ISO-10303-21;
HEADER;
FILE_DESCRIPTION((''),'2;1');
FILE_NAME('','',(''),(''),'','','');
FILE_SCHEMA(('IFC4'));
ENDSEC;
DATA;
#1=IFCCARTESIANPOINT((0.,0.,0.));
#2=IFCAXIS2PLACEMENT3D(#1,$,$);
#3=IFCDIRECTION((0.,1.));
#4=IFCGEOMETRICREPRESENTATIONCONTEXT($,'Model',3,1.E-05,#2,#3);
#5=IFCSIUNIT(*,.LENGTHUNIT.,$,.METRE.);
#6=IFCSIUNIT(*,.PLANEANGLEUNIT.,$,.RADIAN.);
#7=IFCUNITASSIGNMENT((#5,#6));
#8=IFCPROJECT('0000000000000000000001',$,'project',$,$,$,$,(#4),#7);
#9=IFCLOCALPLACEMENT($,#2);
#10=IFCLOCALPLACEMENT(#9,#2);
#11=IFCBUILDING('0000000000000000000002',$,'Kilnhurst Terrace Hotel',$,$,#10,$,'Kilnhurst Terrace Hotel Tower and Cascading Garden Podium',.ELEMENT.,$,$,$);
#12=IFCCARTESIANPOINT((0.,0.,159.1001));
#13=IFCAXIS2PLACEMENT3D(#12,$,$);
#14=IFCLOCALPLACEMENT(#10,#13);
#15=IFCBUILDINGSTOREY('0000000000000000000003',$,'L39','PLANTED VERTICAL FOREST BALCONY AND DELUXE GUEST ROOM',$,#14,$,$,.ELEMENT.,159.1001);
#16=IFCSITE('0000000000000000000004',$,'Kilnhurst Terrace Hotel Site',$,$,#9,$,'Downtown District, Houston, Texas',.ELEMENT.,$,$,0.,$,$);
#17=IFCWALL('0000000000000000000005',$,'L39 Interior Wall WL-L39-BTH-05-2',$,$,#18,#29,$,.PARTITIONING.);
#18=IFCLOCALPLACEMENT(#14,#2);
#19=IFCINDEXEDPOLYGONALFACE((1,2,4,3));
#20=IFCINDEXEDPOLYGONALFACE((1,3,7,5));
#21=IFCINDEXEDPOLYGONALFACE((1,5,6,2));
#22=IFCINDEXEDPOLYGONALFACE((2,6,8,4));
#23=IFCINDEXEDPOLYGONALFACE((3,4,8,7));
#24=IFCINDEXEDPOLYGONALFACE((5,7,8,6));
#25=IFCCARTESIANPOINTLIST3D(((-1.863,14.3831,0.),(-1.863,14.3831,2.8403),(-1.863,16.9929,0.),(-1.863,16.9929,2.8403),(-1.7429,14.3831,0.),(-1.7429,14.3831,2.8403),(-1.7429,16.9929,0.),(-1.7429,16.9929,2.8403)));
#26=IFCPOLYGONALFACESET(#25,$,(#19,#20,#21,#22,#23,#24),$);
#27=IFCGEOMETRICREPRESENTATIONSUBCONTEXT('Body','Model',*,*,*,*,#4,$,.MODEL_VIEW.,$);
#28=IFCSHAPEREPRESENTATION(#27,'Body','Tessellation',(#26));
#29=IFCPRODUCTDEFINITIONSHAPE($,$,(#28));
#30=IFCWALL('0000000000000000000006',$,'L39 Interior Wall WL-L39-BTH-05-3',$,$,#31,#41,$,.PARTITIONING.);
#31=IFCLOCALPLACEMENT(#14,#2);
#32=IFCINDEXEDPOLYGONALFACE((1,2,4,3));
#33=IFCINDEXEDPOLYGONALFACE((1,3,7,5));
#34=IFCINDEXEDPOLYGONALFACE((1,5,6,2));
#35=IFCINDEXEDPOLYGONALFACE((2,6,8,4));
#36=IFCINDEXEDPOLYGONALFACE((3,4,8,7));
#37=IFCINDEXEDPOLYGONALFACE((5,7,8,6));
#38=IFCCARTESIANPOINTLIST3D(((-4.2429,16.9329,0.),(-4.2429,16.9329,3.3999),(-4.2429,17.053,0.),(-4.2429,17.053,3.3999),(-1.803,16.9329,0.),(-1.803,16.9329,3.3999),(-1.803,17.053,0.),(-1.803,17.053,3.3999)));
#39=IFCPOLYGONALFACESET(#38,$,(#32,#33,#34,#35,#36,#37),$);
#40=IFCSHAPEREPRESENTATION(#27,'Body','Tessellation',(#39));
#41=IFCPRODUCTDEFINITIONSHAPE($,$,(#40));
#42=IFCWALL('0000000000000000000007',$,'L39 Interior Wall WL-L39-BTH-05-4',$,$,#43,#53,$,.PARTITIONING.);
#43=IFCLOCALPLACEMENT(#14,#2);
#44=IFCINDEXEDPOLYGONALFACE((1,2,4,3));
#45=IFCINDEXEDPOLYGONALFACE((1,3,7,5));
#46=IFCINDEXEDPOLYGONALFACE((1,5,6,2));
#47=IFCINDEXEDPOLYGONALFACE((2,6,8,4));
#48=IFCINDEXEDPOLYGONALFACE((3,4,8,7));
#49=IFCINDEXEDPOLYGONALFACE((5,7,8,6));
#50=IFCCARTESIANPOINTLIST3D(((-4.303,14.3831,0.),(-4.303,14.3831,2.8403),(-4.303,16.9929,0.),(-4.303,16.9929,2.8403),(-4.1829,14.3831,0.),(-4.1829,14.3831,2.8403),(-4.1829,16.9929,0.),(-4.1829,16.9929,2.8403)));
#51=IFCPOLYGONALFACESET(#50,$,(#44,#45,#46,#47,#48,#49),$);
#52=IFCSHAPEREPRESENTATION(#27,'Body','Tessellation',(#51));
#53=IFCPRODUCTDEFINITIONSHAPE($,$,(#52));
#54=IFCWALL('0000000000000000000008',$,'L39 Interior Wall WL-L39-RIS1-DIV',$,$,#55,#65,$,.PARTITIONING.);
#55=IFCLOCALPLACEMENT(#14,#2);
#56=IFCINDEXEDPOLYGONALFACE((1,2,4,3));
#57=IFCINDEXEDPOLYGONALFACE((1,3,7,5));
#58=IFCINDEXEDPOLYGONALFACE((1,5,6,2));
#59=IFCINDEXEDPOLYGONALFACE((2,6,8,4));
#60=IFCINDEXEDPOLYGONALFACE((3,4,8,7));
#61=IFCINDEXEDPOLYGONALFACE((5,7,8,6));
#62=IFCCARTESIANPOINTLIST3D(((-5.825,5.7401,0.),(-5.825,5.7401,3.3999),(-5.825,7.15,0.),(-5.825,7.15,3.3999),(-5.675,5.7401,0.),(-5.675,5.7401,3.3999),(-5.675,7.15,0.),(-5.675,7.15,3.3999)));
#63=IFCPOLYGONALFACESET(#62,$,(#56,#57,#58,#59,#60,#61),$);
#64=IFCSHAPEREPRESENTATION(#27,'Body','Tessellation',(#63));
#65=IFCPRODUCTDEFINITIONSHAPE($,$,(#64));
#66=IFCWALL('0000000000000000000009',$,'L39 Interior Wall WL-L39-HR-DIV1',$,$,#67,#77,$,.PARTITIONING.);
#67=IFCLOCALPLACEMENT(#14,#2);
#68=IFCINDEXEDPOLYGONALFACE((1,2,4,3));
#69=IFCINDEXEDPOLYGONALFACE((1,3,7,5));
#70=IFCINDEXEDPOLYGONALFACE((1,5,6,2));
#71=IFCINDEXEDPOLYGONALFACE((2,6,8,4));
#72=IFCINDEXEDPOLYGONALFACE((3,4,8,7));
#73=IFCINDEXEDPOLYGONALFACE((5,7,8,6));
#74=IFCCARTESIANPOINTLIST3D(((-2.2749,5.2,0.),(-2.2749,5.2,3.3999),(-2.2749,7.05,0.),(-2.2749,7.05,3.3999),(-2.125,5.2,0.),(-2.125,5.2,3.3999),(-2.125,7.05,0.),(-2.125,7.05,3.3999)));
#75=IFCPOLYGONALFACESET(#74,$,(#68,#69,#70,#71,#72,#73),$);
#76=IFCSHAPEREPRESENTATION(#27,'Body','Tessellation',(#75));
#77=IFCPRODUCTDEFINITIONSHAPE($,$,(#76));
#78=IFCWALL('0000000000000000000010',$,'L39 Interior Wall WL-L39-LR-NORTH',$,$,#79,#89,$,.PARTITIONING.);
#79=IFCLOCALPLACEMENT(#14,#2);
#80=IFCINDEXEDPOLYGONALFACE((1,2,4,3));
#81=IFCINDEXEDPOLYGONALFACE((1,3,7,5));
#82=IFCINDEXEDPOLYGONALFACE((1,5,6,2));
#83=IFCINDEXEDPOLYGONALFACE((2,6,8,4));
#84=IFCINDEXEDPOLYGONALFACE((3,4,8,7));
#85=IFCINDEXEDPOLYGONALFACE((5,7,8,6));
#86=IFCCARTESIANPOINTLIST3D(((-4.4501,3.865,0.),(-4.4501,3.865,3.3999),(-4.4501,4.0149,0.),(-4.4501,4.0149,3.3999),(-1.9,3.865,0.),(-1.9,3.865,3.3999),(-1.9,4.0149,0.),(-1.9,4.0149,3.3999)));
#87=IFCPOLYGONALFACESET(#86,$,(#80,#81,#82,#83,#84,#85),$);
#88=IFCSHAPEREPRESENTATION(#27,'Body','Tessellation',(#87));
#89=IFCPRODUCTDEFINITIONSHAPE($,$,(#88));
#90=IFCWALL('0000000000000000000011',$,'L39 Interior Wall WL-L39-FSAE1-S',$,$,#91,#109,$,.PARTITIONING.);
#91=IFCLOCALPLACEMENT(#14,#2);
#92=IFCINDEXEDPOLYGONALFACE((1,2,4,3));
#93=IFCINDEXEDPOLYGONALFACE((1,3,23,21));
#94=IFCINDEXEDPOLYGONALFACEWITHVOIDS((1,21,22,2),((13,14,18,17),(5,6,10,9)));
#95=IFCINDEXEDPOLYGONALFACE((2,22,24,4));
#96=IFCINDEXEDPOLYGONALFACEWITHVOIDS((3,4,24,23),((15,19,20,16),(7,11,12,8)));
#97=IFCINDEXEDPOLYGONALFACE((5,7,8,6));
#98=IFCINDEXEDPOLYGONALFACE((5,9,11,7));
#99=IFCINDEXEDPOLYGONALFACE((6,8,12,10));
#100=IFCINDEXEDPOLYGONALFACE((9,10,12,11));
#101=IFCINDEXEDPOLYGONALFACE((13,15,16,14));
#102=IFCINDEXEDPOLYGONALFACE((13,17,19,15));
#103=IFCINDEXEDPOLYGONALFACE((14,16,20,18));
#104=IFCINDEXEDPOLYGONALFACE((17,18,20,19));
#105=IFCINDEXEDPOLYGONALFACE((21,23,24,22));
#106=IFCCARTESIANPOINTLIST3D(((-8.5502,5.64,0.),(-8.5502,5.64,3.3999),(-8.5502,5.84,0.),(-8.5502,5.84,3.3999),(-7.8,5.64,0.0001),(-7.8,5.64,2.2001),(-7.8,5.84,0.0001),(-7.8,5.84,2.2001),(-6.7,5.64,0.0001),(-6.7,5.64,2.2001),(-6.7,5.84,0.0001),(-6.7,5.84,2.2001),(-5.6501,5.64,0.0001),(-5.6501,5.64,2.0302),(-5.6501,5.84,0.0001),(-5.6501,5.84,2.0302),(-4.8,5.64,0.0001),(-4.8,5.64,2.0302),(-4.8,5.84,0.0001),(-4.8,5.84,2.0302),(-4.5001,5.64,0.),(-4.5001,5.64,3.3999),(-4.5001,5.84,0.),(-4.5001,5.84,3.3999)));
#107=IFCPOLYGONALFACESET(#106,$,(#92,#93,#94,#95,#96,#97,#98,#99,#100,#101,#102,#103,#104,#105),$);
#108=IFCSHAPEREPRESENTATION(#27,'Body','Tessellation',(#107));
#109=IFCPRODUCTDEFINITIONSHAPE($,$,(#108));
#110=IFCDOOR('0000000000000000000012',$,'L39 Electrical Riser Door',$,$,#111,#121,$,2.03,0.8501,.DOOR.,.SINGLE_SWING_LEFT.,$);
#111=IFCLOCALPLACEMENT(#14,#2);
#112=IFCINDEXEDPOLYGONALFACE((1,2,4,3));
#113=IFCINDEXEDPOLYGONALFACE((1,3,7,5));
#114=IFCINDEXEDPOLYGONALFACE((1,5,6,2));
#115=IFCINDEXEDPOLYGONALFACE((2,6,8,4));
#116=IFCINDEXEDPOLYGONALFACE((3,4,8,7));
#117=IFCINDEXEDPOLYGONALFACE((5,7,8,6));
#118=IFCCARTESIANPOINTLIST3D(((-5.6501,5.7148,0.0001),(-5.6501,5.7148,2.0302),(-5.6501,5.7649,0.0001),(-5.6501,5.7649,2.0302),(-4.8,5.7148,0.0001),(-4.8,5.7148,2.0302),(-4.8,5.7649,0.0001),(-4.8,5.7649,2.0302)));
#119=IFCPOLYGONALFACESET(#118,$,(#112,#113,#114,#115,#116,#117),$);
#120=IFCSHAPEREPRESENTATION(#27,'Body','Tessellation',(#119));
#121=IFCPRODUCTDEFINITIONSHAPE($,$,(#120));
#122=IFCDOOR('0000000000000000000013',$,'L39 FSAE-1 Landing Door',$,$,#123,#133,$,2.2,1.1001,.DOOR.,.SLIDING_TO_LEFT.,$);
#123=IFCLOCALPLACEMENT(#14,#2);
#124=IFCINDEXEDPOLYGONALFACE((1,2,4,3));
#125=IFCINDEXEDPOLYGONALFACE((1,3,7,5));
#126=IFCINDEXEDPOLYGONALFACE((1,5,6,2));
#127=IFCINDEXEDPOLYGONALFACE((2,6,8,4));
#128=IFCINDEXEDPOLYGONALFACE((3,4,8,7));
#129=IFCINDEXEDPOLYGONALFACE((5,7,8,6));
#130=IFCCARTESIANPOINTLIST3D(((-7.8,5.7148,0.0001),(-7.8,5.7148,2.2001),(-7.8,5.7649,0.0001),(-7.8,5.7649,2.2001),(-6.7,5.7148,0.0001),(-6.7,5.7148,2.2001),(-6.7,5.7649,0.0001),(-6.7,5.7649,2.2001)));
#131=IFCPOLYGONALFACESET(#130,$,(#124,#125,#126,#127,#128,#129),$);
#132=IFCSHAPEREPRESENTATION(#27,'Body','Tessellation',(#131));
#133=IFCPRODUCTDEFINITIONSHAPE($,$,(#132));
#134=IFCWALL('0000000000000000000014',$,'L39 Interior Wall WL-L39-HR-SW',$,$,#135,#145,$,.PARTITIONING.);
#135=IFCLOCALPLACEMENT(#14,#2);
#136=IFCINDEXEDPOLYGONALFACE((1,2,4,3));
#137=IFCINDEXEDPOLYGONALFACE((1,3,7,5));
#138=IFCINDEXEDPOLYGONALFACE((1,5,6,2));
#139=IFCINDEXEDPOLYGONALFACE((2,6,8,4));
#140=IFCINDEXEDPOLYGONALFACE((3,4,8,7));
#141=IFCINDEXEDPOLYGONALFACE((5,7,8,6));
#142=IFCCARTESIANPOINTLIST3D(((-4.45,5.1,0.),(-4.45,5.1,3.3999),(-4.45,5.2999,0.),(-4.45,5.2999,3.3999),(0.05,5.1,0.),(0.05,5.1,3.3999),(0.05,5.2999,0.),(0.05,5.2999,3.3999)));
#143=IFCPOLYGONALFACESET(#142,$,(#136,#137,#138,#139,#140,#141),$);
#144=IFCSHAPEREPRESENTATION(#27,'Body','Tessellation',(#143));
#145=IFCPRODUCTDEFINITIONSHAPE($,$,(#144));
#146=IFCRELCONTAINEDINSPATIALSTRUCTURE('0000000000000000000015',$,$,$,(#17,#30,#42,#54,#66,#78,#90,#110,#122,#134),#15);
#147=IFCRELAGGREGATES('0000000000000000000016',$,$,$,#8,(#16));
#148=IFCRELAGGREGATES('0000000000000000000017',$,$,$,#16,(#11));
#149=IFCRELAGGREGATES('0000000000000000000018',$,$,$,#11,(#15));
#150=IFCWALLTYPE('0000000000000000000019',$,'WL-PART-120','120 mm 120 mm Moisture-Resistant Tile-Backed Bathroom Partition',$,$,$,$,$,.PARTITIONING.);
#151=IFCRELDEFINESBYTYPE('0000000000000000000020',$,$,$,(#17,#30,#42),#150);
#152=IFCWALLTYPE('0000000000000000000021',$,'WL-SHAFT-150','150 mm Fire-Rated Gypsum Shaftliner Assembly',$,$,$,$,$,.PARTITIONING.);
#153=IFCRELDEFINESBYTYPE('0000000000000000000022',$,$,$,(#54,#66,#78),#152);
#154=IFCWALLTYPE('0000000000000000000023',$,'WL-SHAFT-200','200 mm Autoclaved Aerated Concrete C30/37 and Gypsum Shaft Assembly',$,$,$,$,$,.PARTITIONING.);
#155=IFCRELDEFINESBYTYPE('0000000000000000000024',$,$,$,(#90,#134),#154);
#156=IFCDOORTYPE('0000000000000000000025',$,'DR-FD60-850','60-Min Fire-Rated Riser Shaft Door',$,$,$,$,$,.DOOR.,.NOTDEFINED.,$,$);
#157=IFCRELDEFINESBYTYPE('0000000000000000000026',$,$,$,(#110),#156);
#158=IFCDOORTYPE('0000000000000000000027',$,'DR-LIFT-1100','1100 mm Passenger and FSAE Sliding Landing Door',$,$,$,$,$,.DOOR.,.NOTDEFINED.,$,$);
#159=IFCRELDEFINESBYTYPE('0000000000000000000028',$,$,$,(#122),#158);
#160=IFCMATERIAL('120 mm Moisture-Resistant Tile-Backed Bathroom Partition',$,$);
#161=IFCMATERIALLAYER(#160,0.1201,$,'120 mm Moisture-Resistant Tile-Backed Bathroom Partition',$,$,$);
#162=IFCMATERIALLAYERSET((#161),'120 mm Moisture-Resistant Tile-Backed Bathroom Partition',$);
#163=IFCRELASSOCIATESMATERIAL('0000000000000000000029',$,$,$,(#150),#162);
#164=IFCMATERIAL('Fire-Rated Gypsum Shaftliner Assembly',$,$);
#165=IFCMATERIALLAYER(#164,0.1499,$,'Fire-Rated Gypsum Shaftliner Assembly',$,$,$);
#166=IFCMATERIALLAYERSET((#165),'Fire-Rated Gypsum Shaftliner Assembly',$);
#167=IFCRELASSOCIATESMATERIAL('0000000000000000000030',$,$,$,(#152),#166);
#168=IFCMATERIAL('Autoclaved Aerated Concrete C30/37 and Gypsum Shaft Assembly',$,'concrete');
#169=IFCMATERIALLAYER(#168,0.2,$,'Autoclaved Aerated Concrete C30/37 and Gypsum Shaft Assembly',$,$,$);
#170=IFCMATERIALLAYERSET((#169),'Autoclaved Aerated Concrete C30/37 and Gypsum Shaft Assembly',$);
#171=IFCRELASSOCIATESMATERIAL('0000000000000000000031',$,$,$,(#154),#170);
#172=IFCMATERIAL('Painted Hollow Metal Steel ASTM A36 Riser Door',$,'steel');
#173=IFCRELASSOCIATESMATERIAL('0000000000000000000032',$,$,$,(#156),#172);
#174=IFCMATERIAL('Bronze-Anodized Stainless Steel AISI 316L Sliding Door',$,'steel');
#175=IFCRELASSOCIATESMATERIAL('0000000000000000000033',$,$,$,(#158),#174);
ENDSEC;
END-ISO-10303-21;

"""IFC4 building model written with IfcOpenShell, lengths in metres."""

from ifc_helpers import new_model, si_unit, direction, frame, frame_2d, origin, place, context, subcontext, project, spatial, rectangle, extrude, material, layer, layer_set, type_object, element, fill, save


model = new_model("IFC4")

# Units and contexts
model_context = context("Model", 3, precision=1e-05, world=origin(), true_north=direction((0.0, 1.0)))
body_context = subcontext(model_context, "Body", "Model", "MODEL_VIEW")
ifc_project = project(units=[si_unit("LENGTHUNIT", "METRE"), si_unit("PLANEANGLEUNIT", "RADIAN")], contexts=[model_context])

# Site, building, storey
site_placement = place(None, origin())
site = spatial("IfcSite", under=ifc_project, at=site_placement, Name="Kilnhurst Terrace Hotel Site", LongName="Downtown District, Houston, Texas", CompositionType="ELEMENT", RefElevation=0.0)
building_placement = place(site_placement, origin())
building = spatial("IfcBuilding", under=site, at=building_placement, Name="Kilnhurst Terrace Hotel", LongName="Kilnhurst Terrace Hotel Tower and Cascading Garden Podium", CompositionType="ELEMENT")
storey_placement = place(building_placement, frame((0.0, 0.0, 159.1001)))
storey = spatial("IfcBuildingStorey", under=building, at=storey_placement, Name="L39", Description="PLANTED VERTICAL FOREST BALCONY AND DELUXE GUEST ROOM", CompositionType="ELEMENT", Elevation=159.1001)

# Shared definitions
ifc_material_1 = material(Name="120 mm Moisture-Resistant Tile-Backed Bathroom Partition")
ifc_layer_1 = layer(ifc_material_1, 0.1201, Name="120 mm Moisture-Resistant Tile-Backed Bathroom Partition")
ifc_layer_set_1 = layer_set([ifc_layer_1], Name="120 mm Moisture-Resistant Tile-Backed Bathroom Partition")
wall_type_1 = type_object("IfcWallType", Name="WL-PART-120", Description="120 mm 120 mm Moisture-Resistant Tile-Backed Bathroom Partition", PredefinedType="PARTITIONING", material=ifc_layer_set_1)

# Walls
wall_1_placement = place(storey_placement, frame((-1.803, 14.3831, 0.0), z_axis=(0.0, 0.0, 1.0), x_axis=(0.0, 1.0, 0.0)))
element("IfcWall", 1, at=wall_1_placement, inside=storey, type_object=wall_type_1, Name="L39 Interior Wall WL-L39-BTH-05-2", PredefinedType="PARTITIONING", context=body_context, shape_type="SweptSolid", body=[
    extrude(rectangle(XDim=2.6099, YDim=0.1201, at=frame_2d((1.3049, 0.0))), origin(), (0.0, 0.0, 1.0), 2.8403),
])
wall_2_placement = place(storey_placement, frame((-1.803, 16.9929, 0.0), z_axis=(0.0, 0.0, 1.0), x_axis=(-1.0, 0.0, 0.0)))
element("IfcWall", 2, at=wall_2_placement, inside=storey, type_object=wall_type_1, Name="L39 Interior Wall WL-L39-BTH-05-3", PredefinedType="PARTITIONING", context=body_context, shape_type="SweptSolid", body=[
    extrude(rectangle(XDim=2.4399, YDim=0.1201, at=frame_2d((1.22, 0.0))), origin(), (0.0, 0.0, 1.0), 3.3999),
])
wall_3_placement = place(storey_placement, frame((-4.2429, 16.9929, 0.0), z_axis=(0.0, 0.0, 1.0), x_axis=(0.0, -1.0, 0.0)))
element("IfcWall", 3, at=wall_3_placement, inside=storey, type_object=wall_type_1, Name="L39 Interior Wall WL-L39-BTH-05-4", PredefinedType="PARTITIONING", context=body_context, shape_type="SweptSolid", body=[
    extrude(rectangle(XDim=2.6099, YDim=0.1201, at=frame_2d((1.3049, 0.0))), origin(), (0.0, 0.0, 1.0), 2.8403),
])
ifc_material_2 = material(Name="Fire-Rated Gypsum Shaftliner Assembly")
ifc_layer_2 = layer(ifc_material_2, 0.1499, Name="Fire-Rated Gypsum Shaftliner Assembly")
ifc_layer_set_2 = layer_set([ifc_layer_2], Name="Fire-Rated Gypsum Shaftliner Assembly")
wall_type_2 = type_object("IfcWallType", Name="WL-SHAFT-150", Description="150 mm Fire-Rated Gypsum Shaftliner Assembly", PredefinedType="PARTITIONING", material=ifc_layer_set_2)
wall_4_placement = place(storey_placement, frame((-5.75, 5.74, 0.0), z_axis=(0.0, 0.0, 1.0), x_axis=(0.0, 1.0, 0.0)))
element("IfcWall", 4, at=wall_4_placement, inside=storey, type_object=wall_type_2, Name="L39 Interior Wall WL-L39-RIS1-DIV", PredefinedType="PARTITIONING", context=body_context, shape_type="SweptSolid", body=[
    extrude(rectangle(XDim=1.4099, YDim=0.1499, at=frame_2d((0.7051, 0.0))), origin(), (0.0, 0.0, 1.0), 3.3999),
])
wall_5_placement = place(storey_placement, frame((-2.2, 5.2, 0.0), z_axis=(0.0, 0.0, 1.0), x_axis=(0.0, 1.0, 0.0)))
element("IfcWall", 5, at=wall_5_placement, inside=storey, type_object=wall_type_2, Name="L39 Interior Wall WL-L39-HR-DIV1", PredefinedType="PARTITIONING", context=body_context, shape_type="SweptSolid", body=[
    extrude(rectangle(XDim=1.8501, YDim=0.1499, at=frame_2d((0.925, 0.0))), origin(), (0.0, 0.0, 1.0), 3.3999),
])
wall_6_placement = place(storey_placement, frame((-4.45, 3.9399, 0.0), z_axis=(0.0, 0.0, 1.0), x_axis=(1.0, 0.0, 0.0)))
element("IfcWall", 6, at=wall_6_placement, inside=storey, type_object=wall_type_2, Name="L39 Interior Wall WL-L39-LR-NORTH", PredefinedType="PARTITIONING", context=body_context, shape_type="SweptSolid", body=[
    extrude(rectangle(XDim=2.55, YDim=0.1499, at=frame_2d((1.2749, 0.0))), origin(), (0.0, 0.0, 1.0), 3.3999),
])

# Wall, openings, doors
ifc_material_3 = material(Name="Autoclaved Aerated Concrete C30/37 and Gypsum Shaft Assembly", Category="concrete")
ifc_layer_3 = layer(ifc_material_3, 0.2, Name="Autoclaved Aerated Concrete C30/37 and Gypsum Shaft Assembly")
ifc_layer_set_3 = layer_set([ifc_layer_3], Name="Autoclaved Aerated Concrete C30/37 and Gypsum Shaft Assembly")
wall_type_3 = type_object("IfcWallType", Name="WL-SHAFT-200", Description="200 mm Autoclaved Aerated Concrete C30/37 and Gypsum Shaft Assembly", PredefinedType="PARTITIONING", material=ifc_layer_set_3)
wall_7_placement = place(storey_placement, frame((-8.55, 5.74, 0.0), z_axis=(0.0, 0.0, 1.0), x_axis=(1.0, 0.0, 0.0)))
wall_7 = element("IfcWall", 7, at=wall_7_placement, inside=storey, type_object=wall_type_3, Name="L39 Interior Wall WL-L39-FSAE1-S", PredefinedType="PARTITIONING", context=body_context, shape_type="SweptSolid", body=[
    extrude(rectangle(XDim=4.05, YDim=0.2, at=frame_2d((2.0249, 0.0))), origin(), (0.0, 0.0, 1.0), 3.3999),
])
opening_1_placement = place(wall_7_placement, frame((0.75, 0.0, 0.0)))
opening_1 = element("IfcOpeningElement", 8, at=opening_1_placement, cuts=wall_7, PredefinedType="OPENING", context=body_context, shape_type="SweptSolid", body=[
    extrude(rectangle(XDim=1.1001, YDim=2.2, at=frame_2d((0.55, 1.1001))), frame((0.0, 0.1099, 0.0), z_axis=(0.0, -1.0, 0.0), x_axis=(1.0, 0.0, 0.0)), (0.0, 0.0, 1.0), 0.22),
])
opening_2_placement = place(wall_7_placement, frame((2.8999, 0.0, 0.0)))
opening_2 = element("IfcOpeningElement", 9, at=opening_2_placement, cuts=wall_7, PredefinedType="OPENING", context=body_context, shape_type="SweptSolid", body=[
    extrude(rectangle(XDim=0.8501, YDim=2.03, at=frame_2d((0.425, 1.0151))), frame((0.0, 0.1099, 0.0), z_axis=(0.0, -1.0, 0.0), x_axis=(1.0, 0.0, 0.0)), (0.0, 0.0, 1.0), 0.22),
])
ifc_material_4 = material(Name="Painted Hollow Metal Steel ASTM A36 Riser Door", Category="steel")
door_type_1 = type_object("IfcDoorType", Name="DR-FD60-850", Description="60-Min Fire-Rated Riser Shaft Door", OperationType="NOTDEFINED", PredefinedType="DOOR", material=ifc_material_4)
door_1_placement = place(opening_2_placement, origin())
door_1 = element("IfcDoor", 10, at=door_1_placement, inside=storey, type_object=door_type_1, Name="L39 Electrical Riser Door", OperationType="SINGLE_SWING_LEFT", OverallHeight=2.03, OverallWidth=0.8501, PredefinedType="DOOR", context=body_context, shape_type="SweptSolid", body=[
    extrude(rectangle(XDim=0.8501, YDim=2.03, at=frame_2d((0.425, 1.0151))), frame((0.0, 0.0249, 0.0), z_axis=(0.0, -1.0, 0.0), x_axis=(1.0, 0.0, 0.0)), (0.0, 0.0, 1.0), 0.05),
])
fill(opening_2, door_1)
ifc_material_5 = material(Name="Bronze-Anodized Stainless Steel AISI 316L Sliding Door", Category="steel")
door_type_2 = type_object("IfcDoorType", Name="DR-LIFT-1100", Description="1100 mm Passenger and FSAE Sliding Landing Door", OperationType="NOTDEFINED", PredefinedType="DOOR", material=ifc_material_5)
door_2_placement = place(opening_1_placement, origin())
door_2 = element("IfcDoor", 11, at=door_2_placement, inside=storey, type_object=door_type_2, Name="L39 FSAE-1 Landing Door", OperationType="SLIDING_TO_LEFT", OverallHeight=2.2, OverallWidth=1.1001, PredefinedType="DOOR", context=body_context, shape_type="SweptSolid", body=[
    extrude(rectangle(XDim=1.1001, YDim=2.2, at=frame_2d((0.55, 1.1001))), frame((0.0, 0.0249, 0.0), z_axis=(0.0, -1.0, 0.0), x_axis=(1.0, 0.0, 0.0)), (0.0, 0.0, 1.0), 0.05),
])
fill(opening_1, door_2)

# Wall
wall_8_placement = place(storey_placement, frame((-4.45, 5.2, 0.0), z_axis=(0.0, 0.0, 1.0), x_axis=(1.0, 0.0, 0.0)))
element("IfcWall", 12, at=wall_8_placement, inside=storey, type_object=wall_type_3, Name="L39 Interior Wall WL-L39-HR-SW", PredefinedType="PARTITIONING", context=body_context, shape_type="SweptSolid", body=[
    extrude(rectangle(XDim=4.5, YDim=0.2, at=frame_2d((2.25, 0.0))), origin(), (0.0, 0.0, 1.0), 3.3999),
])

save(model, "model.ifc")
